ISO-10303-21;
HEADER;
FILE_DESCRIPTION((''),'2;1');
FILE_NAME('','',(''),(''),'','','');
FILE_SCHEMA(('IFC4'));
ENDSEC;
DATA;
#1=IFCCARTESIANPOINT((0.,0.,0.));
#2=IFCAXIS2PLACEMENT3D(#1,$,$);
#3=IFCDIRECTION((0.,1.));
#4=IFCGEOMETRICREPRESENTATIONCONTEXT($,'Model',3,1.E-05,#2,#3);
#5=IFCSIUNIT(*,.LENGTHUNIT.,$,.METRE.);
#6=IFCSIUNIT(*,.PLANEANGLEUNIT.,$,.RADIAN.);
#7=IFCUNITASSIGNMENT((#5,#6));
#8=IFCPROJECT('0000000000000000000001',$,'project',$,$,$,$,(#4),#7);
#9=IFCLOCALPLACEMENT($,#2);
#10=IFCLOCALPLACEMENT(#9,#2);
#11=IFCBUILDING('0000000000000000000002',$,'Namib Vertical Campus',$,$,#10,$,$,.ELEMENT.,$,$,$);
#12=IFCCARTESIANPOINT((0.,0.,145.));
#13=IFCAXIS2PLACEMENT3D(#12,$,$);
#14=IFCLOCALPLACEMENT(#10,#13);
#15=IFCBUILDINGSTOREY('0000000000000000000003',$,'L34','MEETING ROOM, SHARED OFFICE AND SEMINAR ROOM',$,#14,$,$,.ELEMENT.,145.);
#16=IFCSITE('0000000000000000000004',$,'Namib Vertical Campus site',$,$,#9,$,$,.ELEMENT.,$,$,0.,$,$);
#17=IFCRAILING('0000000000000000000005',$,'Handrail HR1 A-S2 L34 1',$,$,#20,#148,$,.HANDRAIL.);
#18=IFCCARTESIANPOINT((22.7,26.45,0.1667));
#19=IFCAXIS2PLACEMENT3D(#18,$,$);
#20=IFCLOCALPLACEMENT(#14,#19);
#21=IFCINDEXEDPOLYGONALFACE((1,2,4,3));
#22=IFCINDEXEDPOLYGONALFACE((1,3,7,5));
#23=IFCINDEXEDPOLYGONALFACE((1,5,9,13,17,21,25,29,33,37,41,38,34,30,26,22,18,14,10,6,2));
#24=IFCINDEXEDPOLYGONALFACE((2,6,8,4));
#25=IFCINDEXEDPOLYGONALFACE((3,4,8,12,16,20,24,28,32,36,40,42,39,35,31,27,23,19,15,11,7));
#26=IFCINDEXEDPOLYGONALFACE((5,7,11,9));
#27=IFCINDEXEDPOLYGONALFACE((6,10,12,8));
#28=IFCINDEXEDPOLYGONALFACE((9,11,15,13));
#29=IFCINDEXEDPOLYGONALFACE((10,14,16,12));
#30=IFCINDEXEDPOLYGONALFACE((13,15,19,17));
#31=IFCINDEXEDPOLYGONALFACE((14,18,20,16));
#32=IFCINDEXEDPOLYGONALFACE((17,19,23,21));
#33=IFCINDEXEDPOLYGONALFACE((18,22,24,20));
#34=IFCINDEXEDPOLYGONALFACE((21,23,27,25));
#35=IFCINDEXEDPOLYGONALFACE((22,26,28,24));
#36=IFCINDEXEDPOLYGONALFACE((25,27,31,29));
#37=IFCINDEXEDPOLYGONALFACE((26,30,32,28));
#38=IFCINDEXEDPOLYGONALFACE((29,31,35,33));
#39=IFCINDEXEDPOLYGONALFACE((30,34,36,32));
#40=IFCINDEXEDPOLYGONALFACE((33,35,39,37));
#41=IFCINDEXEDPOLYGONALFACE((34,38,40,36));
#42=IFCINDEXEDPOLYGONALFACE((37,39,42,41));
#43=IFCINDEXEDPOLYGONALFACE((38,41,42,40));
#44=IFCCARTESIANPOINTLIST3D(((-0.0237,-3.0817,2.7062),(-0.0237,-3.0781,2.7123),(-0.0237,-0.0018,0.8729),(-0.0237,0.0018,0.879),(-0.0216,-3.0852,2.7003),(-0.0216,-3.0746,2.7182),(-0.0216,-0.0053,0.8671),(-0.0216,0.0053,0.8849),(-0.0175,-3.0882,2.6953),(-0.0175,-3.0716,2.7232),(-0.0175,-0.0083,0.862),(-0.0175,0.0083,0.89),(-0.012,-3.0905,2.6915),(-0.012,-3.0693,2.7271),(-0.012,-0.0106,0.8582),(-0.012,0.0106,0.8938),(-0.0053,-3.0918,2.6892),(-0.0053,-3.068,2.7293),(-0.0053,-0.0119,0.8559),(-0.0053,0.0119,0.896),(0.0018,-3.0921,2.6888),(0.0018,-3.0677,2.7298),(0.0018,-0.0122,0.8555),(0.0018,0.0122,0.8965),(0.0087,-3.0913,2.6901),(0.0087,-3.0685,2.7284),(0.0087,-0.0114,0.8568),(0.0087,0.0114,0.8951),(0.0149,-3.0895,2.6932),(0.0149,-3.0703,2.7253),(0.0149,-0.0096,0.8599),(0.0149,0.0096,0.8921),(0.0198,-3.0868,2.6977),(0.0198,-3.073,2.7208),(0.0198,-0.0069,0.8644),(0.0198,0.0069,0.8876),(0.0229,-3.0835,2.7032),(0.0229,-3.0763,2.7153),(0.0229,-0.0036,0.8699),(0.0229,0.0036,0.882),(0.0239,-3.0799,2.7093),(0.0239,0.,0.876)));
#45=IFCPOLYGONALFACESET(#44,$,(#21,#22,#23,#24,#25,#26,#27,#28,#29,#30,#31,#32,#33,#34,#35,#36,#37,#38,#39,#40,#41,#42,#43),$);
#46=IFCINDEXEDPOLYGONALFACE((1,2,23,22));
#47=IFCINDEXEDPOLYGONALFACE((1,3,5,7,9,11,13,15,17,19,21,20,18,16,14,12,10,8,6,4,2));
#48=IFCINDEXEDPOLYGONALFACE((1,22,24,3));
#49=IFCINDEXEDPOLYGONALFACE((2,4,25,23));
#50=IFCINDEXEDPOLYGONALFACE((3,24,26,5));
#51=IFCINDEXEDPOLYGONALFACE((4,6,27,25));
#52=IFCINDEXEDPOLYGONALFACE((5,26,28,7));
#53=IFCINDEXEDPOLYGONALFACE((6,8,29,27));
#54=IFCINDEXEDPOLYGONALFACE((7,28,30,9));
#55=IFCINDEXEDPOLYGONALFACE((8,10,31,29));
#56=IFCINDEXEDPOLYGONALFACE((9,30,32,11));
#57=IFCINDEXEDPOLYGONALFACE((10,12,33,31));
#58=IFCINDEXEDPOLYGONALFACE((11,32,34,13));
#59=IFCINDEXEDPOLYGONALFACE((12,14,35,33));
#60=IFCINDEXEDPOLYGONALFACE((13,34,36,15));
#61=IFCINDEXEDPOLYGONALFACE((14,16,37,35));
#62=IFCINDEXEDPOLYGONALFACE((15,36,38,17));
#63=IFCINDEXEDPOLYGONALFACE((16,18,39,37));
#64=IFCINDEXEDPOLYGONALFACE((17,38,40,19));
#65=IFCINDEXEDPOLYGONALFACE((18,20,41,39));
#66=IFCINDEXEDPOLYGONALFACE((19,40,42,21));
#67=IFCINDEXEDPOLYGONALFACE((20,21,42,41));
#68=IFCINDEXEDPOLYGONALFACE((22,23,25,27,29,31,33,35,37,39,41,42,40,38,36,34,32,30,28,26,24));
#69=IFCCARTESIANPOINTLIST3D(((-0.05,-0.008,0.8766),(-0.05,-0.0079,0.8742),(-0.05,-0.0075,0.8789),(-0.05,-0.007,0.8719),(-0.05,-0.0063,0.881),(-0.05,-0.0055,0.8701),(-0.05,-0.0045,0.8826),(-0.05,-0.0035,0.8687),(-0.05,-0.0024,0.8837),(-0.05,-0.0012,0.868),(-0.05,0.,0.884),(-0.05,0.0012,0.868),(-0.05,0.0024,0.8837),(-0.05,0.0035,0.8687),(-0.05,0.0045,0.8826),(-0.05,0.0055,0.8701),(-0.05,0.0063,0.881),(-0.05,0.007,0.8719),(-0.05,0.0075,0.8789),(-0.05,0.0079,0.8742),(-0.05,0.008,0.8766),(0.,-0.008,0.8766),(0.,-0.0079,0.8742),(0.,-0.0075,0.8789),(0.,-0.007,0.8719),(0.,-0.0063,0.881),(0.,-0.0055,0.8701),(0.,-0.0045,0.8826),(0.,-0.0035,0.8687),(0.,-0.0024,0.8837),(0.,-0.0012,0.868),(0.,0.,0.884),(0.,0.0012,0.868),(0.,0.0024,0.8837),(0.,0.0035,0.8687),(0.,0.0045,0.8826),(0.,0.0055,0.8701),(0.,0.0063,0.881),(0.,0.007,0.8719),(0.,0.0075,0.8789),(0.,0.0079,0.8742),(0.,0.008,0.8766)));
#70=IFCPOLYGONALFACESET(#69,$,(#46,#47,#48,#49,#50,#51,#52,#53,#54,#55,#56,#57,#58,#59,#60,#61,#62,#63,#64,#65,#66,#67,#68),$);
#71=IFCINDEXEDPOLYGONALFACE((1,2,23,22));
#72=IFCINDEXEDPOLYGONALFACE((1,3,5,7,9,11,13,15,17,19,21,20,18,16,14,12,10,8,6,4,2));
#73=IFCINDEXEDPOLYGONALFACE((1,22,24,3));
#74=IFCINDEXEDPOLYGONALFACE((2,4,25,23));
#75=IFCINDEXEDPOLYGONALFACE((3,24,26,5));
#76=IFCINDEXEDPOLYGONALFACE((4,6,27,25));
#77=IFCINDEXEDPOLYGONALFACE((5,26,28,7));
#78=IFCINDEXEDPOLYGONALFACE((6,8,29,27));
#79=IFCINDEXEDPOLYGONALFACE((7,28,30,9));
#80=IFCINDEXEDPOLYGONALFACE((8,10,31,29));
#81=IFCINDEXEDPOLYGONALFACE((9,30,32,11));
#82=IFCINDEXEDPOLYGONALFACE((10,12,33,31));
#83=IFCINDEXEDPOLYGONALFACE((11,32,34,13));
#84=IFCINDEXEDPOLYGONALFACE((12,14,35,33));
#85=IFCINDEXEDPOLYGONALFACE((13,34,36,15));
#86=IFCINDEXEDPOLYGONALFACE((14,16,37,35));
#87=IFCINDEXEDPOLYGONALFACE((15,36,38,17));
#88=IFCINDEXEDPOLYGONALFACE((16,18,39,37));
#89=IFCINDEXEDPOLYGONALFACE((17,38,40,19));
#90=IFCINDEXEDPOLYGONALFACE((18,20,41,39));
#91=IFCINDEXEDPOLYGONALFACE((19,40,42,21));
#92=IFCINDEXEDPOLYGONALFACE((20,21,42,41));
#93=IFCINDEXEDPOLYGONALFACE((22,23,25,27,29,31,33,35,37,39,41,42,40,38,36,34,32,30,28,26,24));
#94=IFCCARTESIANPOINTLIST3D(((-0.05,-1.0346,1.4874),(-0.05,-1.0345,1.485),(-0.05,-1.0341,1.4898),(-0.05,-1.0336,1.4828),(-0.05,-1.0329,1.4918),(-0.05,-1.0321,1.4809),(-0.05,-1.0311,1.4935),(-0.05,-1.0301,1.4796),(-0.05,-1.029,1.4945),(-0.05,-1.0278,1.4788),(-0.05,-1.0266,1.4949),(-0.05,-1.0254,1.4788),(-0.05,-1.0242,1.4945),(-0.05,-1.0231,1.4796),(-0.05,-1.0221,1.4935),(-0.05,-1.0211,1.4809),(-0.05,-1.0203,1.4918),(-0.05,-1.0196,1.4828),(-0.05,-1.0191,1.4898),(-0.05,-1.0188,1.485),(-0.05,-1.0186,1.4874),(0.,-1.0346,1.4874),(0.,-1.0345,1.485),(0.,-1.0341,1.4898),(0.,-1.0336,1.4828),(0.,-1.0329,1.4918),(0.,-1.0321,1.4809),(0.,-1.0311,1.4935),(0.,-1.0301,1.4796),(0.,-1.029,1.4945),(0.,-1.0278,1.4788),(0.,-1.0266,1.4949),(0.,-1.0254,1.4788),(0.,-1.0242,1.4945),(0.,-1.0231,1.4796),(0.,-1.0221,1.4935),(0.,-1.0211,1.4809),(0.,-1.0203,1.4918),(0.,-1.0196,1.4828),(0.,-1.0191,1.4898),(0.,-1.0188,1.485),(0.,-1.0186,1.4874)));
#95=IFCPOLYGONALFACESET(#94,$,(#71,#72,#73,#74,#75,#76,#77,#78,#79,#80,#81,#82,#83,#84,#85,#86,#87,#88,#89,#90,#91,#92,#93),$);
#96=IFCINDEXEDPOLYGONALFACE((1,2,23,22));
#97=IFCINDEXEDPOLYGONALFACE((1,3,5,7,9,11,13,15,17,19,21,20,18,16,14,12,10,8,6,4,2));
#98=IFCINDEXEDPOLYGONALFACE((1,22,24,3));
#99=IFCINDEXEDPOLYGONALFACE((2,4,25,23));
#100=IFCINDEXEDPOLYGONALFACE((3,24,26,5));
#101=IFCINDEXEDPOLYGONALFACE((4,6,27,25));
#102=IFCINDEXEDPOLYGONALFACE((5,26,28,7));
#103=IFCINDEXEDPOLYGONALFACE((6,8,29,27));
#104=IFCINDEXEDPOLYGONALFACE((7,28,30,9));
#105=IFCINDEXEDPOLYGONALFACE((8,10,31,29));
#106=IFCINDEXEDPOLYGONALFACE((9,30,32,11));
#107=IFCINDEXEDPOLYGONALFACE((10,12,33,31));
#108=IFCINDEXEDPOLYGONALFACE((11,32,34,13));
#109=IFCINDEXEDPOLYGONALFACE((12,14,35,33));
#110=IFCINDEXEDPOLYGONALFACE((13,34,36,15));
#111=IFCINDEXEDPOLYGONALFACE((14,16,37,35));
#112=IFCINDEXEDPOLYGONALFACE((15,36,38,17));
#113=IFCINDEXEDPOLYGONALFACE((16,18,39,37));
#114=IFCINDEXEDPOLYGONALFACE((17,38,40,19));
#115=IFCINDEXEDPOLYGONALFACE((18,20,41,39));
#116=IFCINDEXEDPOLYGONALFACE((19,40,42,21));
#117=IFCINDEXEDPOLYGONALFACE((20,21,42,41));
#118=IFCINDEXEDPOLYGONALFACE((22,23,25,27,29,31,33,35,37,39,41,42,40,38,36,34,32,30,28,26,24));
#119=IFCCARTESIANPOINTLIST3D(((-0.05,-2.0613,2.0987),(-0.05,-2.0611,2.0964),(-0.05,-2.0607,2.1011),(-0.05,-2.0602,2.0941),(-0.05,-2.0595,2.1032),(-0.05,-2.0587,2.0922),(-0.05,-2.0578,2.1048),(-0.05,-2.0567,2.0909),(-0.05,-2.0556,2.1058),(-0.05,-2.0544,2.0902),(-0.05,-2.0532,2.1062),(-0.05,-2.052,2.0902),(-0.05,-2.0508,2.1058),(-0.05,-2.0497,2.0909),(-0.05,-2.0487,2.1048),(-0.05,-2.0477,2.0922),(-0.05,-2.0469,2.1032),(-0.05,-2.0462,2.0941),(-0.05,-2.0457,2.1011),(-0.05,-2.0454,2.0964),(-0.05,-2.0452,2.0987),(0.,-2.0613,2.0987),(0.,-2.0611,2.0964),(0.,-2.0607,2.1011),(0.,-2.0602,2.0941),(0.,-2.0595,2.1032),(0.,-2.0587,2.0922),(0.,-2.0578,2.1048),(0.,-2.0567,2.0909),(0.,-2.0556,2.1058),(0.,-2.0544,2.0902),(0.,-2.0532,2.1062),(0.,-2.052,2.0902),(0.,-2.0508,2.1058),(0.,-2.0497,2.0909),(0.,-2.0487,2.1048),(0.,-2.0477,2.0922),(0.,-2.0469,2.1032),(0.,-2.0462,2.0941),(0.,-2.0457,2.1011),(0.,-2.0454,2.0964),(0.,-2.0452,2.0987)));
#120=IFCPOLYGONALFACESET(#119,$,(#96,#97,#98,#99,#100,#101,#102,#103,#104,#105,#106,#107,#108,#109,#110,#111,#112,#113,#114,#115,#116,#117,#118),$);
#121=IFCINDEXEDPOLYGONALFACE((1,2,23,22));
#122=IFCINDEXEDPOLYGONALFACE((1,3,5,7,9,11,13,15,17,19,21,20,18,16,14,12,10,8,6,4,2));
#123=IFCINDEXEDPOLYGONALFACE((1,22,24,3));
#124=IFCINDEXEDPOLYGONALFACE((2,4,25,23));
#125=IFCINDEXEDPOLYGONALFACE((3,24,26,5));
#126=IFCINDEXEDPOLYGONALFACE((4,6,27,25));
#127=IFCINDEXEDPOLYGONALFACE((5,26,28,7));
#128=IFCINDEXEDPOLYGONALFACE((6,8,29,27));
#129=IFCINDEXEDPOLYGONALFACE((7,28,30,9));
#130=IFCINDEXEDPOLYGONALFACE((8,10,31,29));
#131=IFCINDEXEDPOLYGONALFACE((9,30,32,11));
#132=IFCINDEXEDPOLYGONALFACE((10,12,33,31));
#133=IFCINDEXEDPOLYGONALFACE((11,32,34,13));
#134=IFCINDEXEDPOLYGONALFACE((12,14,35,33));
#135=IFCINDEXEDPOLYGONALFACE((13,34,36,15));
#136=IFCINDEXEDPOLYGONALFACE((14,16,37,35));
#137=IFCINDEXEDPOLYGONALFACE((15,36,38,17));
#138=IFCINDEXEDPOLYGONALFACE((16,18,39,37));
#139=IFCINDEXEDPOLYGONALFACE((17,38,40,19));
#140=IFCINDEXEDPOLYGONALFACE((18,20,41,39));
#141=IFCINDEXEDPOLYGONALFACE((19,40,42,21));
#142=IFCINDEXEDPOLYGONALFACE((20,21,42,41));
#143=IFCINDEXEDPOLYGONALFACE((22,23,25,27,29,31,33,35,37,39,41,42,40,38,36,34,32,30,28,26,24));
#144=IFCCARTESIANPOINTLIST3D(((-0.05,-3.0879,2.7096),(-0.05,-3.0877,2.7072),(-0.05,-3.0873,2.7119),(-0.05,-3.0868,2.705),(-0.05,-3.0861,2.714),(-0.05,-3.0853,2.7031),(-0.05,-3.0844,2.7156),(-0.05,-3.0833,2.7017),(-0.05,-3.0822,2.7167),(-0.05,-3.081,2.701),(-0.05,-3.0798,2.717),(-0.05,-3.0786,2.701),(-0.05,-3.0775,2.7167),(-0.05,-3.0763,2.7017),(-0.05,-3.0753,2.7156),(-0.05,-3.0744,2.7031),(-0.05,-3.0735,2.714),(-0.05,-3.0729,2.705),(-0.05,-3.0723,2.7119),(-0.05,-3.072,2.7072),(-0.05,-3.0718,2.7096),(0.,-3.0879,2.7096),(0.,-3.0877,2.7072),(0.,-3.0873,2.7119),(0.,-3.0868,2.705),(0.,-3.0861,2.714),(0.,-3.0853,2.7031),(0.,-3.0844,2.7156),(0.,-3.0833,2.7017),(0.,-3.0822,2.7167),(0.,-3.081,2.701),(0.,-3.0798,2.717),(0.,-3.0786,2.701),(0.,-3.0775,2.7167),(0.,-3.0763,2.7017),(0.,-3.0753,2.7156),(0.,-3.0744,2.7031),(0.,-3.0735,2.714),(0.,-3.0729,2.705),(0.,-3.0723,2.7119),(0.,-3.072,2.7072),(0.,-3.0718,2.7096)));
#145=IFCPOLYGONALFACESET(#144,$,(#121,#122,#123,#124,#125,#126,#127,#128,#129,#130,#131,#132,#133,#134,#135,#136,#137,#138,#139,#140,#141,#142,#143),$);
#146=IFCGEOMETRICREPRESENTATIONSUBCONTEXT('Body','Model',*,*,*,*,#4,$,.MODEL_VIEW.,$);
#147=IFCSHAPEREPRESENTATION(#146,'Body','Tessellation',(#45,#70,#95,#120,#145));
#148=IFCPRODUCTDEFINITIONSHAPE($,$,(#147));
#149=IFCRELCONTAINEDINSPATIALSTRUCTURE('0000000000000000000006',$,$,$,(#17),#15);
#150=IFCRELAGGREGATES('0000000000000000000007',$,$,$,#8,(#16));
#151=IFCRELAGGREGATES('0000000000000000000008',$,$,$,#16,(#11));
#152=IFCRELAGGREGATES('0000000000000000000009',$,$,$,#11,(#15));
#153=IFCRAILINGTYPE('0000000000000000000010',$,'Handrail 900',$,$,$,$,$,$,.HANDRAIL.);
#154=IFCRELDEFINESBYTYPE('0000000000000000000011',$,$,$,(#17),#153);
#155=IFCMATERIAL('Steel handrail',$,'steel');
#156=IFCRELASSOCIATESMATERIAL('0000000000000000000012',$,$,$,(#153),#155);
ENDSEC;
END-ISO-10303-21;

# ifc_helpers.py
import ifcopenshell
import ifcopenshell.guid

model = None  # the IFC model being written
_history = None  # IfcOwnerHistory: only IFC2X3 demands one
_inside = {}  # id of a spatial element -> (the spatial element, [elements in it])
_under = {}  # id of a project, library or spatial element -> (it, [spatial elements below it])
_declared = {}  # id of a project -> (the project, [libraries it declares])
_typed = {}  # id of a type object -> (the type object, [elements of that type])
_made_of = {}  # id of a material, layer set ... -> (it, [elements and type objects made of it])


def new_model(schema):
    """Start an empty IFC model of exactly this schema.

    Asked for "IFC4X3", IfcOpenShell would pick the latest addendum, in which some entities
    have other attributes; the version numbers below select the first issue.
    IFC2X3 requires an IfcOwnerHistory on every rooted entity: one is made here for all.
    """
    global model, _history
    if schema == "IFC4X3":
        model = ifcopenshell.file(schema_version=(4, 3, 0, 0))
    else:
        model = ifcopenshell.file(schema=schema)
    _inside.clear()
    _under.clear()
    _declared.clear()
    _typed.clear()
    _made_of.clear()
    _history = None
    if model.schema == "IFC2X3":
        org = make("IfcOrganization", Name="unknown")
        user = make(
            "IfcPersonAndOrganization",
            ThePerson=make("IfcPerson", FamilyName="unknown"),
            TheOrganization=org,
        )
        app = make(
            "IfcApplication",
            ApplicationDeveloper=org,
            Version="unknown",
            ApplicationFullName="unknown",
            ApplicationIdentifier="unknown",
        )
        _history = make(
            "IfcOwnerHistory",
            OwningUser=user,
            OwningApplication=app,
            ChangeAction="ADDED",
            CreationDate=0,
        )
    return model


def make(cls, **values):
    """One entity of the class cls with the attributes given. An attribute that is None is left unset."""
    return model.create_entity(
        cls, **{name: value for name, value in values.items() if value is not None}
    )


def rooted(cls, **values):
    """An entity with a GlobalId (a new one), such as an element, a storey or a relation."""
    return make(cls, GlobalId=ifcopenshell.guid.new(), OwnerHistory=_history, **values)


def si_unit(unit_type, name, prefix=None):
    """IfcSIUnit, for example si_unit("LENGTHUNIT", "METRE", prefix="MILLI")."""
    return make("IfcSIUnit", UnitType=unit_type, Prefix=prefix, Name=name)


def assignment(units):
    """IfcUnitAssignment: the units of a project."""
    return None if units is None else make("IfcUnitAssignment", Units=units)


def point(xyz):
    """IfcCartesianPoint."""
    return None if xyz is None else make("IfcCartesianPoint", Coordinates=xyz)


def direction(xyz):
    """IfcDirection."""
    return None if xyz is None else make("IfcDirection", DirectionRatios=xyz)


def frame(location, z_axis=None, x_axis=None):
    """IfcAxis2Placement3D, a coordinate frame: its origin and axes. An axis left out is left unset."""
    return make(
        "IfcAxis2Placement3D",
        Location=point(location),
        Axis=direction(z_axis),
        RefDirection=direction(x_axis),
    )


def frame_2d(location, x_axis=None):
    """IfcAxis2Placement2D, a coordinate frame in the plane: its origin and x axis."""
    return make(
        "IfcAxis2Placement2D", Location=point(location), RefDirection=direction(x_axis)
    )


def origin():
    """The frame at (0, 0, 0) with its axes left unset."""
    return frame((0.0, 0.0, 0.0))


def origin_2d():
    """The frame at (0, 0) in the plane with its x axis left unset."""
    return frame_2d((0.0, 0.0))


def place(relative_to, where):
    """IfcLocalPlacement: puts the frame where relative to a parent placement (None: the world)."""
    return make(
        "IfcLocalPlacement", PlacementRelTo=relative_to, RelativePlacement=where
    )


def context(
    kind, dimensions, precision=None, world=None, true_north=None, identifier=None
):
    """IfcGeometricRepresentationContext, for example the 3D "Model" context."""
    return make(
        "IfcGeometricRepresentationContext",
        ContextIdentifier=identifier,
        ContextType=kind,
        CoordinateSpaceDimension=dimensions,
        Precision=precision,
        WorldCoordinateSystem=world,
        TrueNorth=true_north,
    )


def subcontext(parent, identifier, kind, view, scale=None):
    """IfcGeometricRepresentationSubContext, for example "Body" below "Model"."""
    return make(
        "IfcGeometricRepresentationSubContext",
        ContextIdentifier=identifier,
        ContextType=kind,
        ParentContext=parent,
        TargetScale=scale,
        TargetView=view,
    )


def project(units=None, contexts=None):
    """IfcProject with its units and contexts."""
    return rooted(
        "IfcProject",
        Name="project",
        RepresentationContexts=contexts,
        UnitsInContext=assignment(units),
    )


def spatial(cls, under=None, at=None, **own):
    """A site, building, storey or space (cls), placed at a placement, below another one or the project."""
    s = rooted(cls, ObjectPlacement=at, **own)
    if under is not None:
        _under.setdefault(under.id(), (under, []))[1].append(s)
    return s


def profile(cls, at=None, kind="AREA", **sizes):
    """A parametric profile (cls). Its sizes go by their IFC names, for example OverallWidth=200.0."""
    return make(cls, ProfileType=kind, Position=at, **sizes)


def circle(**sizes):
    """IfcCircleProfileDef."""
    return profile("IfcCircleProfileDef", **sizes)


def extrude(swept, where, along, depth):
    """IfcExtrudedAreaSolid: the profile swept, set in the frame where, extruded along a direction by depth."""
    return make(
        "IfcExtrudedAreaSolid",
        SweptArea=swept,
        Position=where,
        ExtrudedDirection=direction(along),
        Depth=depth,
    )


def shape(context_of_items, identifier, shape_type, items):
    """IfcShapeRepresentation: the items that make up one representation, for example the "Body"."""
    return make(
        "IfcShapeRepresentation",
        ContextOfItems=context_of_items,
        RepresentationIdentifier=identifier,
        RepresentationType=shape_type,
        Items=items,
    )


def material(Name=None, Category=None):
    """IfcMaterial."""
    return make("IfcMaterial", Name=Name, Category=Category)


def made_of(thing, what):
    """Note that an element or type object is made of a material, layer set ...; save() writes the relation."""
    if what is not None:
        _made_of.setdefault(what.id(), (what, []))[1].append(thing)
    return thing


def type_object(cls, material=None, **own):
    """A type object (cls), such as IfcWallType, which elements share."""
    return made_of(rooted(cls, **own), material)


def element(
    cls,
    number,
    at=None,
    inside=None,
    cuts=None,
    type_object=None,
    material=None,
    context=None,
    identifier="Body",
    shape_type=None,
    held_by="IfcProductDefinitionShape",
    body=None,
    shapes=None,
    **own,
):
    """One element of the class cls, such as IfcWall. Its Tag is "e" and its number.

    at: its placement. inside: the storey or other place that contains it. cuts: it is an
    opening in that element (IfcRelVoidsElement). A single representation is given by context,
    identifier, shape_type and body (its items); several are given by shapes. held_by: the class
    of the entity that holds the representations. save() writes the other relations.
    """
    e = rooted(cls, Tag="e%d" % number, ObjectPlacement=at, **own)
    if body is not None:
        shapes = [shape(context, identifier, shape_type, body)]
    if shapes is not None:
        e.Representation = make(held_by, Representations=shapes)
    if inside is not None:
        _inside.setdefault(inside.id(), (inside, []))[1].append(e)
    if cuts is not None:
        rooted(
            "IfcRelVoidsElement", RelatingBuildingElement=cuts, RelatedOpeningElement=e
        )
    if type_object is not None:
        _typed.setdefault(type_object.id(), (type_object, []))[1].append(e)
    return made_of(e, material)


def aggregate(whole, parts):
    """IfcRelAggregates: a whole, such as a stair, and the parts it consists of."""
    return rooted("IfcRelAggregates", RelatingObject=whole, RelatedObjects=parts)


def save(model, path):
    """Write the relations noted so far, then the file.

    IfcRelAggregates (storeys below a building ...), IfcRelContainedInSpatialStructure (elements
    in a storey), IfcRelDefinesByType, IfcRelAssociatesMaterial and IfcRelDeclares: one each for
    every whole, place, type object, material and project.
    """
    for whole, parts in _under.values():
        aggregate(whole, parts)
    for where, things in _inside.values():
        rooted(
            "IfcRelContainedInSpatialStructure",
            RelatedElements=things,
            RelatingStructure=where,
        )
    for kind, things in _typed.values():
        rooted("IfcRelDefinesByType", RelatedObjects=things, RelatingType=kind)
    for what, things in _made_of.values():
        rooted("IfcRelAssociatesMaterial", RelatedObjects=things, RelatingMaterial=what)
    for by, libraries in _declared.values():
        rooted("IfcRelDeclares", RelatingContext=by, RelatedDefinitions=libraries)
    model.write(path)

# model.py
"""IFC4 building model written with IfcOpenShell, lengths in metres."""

from ifc_helpers import new_model, si_unit, direction, frame, origin, origin_2d, place, context, subcontext, project, spatial, circle, extrude, material, type_object, element, save


model = new_model("IFC4")

# Units and contexts
model_context = context("Model", 3, precision=1e-05, world=origin(), true_north=direction((0.0, 1.0)))
body_context = subcontext(model_context, "Body", "Model", "MODEL_VIEW")
ifc_project = project(units=[si_unit("LENGTHUNIT", "METRE"), si_unit("PLANEANGLEUNIT", "RADIAN")], contexts=[model_context])

# Site, building, storey
site_placement = place(None, origin())
site = spatial("IfcSite", under=ifc_project, at=site_placement, Name="Namib Vertical Campus site", CompositionType="ELEMENT", RefElevation=0.0)
building_placement = place(site_placement, origin())
building = spatial("IfcBuilding", under=site, at=building_placement, Name="Namib Vertical Campus", CompositionType="ELEMENT")
storey_placement = place(building_placement, frame((0.0, 0.0, 145.0)))
storey = spatial("IfcBuildingStorey", under=building, at=storey_placement, Name="L34", Description="MEETING ROOM, SHARED OFFICE AND SEMINAR ROOM", CompositionType="ELEMENT", Elevation=145.0)

# Railing
ifc_material_1 = material(Name="Steel handrail", Category="steel")
railing_type_1 = type_object("IfcRailingType", Name="Handrail 900", PredefinedType="HANDRAIL", material=ifc_material_1)
railing_1_placement = place(storey_placement, frame((22.7, 26.45, 0.1667)))
element("IfcRailing", 1, at=railing_1_placement, inside=storey, type_object=railing_type_1, Name="Handrail HR1 A-S2 L34 1", PredefinedType="HANDRAIL", context=body_context, shape_type="SweptSolid", body=[
    extrude(circle(Radius=0.0239, at=origin_2d()), frame((0.0, 0.0, 0.876), z_axis=(0.0, -0.859291, 0.511487), x_axis=(1.0, 0.0, 0.0)), (0.0, 0.0, 1.0), 3.5842),
    extrude(circle(Radius=0.0081, at=origin_2d()), frame((0.0, 0.0, 0.876), z_axis=(-1.0, 0.0, 0.0), x_axis=(0.0, 0.0, 1.0)), (0.0, 0.0, 1.0), 0.05),
    extrude(circle(Radius=0.0081, at=origin_2d()), frame((0.0, -1.0266, 1.4868), z_axis=(-1.0, 0.0, 0.0), x_axis=(0.0, 0.0, 1.0)), (0.0, 0.0, 1.0), 0.05),
    extrude(circle(Radius=0.0081, at=origin_2d()), frame((0.0, -2.0532, 2.0981), z_axis=(-1.0, 0.0, 0.0), x_axis=(0.0, 0.0, 1.0)), (0.0, 0.0, 1.0), 0.05),
    extrude(circle(Radius=0.0081, at=origin_2d()), frame((0.0, -3.0798, 2.709), z_axis=(-1.0, 0.0, 0.0), x_axis=(0.0, 0.0, 1.0)), (0.0, 0.0, 1.0), 0.05),
])

save(model, "model.ifc")
